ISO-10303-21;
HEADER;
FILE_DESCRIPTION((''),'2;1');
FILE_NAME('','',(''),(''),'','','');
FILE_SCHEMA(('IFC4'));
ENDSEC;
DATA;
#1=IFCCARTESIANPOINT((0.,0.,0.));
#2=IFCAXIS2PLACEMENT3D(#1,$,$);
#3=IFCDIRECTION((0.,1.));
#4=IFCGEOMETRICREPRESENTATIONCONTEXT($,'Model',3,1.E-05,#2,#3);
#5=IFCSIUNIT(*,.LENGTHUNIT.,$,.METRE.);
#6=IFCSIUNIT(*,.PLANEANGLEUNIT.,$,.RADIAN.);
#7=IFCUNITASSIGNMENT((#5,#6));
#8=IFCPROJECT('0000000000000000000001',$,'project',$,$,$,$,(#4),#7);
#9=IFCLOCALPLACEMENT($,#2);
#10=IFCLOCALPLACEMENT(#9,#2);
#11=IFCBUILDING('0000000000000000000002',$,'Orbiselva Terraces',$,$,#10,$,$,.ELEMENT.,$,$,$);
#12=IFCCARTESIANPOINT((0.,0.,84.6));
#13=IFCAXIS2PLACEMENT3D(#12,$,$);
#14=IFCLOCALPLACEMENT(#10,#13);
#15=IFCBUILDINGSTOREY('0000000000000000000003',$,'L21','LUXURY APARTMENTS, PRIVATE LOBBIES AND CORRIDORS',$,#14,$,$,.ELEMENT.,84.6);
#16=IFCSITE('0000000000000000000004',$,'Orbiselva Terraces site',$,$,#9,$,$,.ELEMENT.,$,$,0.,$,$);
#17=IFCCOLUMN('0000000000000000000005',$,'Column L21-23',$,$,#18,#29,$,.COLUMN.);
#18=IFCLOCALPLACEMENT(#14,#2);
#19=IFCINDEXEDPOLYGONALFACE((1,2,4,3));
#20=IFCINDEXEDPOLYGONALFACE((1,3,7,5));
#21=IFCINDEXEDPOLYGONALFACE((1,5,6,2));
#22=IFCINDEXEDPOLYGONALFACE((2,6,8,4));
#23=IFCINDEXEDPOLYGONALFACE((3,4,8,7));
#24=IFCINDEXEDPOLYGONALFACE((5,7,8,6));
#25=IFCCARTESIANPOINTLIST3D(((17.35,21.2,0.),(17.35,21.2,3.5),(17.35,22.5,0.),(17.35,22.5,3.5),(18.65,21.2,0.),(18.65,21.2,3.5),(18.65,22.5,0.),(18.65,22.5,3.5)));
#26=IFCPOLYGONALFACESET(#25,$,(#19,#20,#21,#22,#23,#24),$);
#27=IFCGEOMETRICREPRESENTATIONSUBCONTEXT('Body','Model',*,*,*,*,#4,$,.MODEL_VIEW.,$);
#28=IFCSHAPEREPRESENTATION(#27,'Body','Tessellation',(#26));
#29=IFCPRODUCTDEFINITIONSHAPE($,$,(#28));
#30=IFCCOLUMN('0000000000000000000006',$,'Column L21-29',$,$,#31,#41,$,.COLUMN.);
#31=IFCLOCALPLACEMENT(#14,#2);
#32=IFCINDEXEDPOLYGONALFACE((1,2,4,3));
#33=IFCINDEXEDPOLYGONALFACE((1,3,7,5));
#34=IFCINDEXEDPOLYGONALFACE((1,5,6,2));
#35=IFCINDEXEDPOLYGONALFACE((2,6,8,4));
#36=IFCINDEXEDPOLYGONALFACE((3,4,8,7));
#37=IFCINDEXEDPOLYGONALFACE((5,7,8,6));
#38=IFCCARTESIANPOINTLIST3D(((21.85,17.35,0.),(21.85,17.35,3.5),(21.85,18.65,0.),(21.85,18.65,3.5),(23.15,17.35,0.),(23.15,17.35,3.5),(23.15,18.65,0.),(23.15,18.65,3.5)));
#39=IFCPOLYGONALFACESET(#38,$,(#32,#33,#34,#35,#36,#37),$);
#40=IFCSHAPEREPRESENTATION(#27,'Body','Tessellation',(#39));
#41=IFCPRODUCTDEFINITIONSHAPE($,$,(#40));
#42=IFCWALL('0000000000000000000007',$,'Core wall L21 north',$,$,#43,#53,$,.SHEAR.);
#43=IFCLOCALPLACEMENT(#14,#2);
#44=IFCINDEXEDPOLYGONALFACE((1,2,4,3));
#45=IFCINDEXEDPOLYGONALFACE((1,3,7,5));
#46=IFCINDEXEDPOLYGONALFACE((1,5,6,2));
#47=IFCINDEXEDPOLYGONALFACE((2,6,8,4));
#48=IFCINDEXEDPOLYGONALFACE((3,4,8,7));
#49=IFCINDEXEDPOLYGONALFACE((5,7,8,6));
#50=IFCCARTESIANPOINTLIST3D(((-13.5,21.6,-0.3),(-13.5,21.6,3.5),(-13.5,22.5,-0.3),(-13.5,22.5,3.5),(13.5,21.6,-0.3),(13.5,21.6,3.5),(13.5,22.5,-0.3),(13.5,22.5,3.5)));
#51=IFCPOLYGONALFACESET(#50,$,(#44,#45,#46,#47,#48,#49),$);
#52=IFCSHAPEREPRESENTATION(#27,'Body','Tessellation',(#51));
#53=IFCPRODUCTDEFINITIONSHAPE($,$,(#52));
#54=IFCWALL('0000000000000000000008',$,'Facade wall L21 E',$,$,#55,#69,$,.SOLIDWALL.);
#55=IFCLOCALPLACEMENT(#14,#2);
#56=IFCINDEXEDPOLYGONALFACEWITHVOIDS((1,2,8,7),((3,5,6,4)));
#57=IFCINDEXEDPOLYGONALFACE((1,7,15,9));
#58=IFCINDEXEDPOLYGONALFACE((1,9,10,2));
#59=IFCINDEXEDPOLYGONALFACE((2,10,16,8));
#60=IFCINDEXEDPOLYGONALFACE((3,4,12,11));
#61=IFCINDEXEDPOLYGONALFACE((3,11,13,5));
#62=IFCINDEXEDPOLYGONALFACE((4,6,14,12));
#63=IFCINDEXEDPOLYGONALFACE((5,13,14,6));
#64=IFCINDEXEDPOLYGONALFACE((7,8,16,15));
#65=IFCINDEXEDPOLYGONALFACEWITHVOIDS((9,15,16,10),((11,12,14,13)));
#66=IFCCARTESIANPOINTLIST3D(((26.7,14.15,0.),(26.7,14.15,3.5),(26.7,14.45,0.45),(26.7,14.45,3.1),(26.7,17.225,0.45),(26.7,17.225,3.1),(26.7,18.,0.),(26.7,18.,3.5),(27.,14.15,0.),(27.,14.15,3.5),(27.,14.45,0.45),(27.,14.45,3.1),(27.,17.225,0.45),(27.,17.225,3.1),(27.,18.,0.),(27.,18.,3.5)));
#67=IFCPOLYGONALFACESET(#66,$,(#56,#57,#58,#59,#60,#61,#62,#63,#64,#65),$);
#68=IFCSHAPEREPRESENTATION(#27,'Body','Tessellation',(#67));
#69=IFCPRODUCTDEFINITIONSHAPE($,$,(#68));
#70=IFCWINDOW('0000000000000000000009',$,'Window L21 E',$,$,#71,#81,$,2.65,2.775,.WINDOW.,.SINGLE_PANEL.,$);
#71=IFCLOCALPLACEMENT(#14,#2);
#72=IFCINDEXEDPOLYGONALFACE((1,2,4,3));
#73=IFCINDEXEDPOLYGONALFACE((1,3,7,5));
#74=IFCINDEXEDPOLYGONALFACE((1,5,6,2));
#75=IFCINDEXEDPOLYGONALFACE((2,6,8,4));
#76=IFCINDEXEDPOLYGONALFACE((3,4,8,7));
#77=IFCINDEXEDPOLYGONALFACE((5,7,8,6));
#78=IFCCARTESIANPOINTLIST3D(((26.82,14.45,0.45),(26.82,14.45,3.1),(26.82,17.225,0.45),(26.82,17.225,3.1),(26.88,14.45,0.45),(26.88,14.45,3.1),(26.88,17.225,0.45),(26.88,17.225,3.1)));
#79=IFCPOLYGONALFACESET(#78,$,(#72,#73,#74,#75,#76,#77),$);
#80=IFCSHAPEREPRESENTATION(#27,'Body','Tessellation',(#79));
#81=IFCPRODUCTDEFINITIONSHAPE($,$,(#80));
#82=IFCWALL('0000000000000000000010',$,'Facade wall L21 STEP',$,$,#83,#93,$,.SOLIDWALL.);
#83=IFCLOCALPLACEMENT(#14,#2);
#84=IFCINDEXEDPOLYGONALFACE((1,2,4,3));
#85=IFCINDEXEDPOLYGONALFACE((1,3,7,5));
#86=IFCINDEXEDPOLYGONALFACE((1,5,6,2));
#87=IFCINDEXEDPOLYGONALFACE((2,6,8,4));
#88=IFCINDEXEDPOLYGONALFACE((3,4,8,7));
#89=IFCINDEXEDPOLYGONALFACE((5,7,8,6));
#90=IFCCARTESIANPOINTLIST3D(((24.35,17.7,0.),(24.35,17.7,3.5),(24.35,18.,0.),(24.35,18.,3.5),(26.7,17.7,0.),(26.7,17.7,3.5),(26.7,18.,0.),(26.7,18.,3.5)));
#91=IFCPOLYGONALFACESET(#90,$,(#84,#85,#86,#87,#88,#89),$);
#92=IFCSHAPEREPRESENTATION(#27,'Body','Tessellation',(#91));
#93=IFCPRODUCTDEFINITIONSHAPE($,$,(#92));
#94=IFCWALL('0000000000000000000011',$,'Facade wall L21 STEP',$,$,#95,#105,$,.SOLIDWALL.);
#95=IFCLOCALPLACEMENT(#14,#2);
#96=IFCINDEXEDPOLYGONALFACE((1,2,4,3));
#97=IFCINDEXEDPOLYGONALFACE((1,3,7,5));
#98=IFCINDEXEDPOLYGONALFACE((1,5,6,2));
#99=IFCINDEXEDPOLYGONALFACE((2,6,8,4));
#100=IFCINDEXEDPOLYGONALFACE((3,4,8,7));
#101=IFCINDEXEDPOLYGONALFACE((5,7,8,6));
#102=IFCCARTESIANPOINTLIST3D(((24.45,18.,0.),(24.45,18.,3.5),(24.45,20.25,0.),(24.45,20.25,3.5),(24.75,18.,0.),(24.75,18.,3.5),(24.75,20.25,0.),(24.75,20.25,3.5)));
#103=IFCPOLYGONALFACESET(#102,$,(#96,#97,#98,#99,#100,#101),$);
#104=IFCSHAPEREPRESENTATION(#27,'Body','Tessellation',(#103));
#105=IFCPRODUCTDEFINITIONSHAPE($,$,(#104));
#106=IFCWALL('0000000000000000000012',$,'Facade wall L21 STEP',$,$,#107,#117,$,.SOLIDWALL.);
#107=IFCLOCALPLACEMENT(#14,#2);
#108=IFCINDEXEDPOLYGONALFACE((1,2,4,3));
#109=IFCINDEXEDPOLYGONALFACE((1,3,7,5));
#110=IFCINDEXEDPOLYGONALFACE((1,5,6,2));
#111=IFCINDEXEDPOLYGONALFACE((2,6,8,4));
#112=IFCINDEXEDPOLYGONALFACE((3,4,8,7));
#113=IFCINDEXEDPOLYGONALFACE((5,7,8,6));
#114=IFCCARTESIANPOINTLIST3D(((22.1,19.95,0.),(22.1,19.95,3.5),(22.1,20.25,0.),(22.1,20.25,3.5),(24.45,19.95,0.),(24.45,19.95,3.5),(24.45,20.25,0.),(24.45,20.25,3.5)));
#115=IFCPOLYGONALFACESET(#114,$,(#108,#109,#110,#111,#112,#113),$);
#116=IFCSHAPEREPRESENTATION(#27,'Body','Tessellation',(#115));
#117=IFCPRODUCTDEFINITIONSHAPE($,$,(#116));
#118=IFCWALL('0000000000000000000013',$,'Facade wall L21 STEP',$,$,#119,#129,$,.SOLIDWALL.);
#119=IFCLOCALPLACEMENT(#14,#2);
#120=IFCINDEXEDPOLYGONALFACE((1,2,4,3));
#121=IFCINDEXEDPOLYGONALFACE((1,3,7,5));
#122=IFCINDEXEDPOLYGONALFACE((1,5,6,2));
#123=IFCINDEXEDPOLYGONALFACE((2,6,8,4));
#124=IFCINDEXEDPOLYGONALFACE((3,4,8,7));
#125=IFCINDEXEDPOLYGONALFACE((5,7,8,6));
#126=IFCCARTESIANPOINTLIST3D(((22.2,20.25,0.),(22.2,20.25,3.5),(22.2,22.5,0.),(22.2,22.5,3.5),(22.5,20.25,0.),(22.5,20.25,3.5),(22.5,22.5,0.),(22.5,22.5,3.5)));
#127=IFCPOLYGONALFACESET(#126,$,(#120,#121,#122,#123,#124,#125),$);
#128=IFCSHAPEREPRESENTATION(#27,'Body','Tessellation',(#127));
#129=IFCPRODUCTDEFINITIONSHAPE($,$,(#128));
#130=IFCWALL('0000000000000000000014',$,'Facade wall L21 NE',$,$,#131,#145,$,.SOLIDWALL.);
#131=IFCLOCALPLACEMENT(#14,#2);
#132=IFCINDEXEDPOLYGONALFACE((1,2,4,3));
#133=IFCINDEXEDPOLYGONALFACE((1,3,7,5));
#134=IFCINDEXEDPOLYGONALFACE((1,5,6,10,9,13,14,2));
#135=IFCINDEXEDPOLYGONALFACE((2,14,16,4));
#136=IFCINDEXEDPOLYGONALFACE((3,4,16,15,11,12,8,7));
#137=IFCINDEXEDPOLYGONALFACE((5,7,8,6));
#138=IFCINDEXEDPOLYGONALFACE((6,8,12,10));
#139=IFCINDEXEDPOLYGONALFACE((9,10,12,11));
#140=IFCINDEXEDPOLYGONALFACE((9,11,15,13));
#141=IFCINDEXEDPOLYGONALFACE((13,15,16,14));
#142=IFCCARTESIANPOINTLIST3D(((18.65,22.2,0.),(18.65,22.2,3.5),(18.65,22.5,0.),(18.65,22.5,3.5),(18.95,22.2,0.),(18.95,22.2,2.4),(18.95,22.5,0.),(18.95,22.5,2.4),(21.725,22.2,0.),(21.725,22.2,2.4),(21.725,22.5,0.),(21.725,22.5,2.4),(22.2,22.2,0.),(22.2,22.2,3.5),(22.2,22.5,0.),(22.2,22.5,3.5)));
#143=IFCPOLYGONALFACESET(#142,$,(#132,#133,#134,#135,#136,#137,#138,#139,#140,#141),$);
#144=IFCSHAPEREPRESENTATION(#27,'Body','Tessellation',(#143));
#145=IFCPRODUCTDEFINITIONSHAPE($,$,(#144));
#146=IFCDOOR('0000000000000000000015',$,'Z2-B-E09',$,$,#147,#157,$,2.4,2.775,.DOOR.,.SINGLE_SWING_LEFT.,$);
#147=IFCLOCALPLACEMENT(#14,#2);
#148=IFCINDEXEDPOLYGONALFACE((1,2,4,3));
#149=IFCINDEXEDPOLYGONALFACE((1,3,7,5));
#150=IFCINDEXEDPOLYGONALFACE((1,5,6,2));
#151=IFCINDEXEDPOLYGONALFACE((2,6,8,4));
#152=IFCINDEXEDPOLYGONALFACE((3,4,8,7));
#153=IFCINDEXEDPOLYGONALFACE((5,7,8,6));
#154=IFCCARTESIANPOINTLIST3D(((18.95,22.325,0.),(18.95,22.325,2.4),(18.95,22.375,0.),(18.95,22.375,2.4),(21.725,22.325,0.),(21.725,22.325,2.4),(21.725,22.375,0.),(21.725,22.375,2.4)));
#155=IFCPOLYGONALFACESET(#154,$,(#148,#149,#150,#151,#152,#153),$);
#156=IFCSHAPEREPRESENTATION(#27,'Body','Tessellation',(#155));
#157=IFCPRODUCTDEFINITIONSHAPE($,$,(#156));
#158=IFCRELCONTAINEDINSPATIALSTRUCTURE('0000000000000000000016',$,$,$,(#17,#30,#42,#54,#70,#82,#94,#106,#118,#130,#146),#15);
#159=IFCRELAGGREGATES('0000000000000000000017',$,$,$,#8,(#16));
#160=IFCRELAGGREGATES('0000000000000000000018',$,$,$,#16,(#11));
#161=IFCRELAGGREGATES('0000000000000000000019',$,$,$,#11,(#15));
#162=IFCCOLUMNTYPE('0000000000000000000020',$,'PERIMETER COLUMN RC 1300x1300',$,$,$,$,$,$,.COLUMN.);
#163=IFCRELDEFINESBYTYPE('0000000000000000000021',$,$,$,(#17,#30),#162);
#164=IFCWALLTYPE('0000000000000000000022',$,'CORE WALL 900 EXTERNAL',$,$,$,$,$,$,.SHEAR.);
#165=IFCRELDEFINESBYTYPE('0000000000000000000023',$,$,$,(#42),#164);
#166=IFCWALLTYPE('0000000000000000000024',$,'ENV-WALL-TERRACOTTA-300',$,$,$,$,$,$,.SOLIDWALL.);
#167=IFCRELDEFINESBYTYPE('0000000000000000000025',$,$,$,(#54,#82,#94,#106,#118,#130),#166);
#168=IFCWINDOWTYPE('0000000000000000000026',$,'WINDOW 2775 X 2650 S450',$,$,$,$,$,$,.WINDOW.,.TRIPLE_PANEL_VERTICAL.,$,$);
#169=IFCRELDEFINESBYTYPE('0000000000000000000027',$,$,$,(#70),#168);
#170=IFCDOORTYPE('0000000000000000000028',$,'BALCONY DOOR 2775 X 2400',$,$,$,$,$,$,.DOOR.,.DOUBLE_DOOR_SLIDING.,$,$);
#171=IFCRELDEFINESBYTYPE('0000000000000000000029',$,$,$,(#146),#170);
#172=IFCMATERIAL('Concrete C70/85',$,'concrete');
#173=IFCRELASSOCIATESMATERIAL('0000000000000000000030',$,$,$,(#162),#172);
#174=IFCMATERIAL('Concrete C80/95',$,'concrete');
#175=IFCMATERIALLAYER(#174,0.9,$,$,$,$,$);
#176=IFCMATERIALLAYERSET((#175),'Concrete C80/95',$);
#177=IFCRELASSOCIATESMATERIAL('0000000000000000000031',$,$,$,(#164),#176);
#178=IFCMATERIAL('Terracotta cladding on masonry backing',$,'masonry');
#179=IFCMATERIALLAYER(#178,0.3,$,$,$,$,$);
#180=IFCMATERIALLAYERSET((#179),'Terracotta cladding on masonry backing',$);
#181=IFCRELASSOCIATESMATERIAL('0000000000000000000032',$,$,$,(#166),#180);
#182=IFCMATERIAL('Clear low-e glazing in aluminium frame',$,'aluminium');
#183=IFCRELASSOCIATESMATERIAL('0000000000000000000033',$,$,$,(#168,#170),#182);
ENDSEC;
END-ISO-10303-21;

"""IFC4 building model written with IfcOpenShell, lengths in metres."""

from ifc_helpers import new_model, si_unit, direction, frame, frame_2d, origin, origin_2d, place, context, subcontext, project, spatial, rectangle, extrude, material, layer, layer_set, material_profile, profile_set, type_object, element, fill, save


model = new_model("IFC4")

# Units and contexts
model_context = context("Model", 3, precision=1e-05, world=origin(), true_north=direction((0.0, 1.0)))
body_context = subcontext(model_context, "Body", "Model", "MODEL_VIEW")
ifc_project = project(units=[si_unit("LENGTHUNIT", "METRE"), si_unit("PLANEANGLEUNIT", "RADIAN")], contexts=[model_context])

# Site, building, storey
site_placement = place(None, origin())
site = spatial("IfcSite", under=ifc_project, at=site_placement, Name="Orbiselva Terraces site", CompositionType="ELEMENT", RefElevation=0.0)
building_placement = place(site_placement, origin())
building = spatial("IfcBuilding", under=site, at=building_placement, Name="Orbiselva Terraces", CompositionType="ELEMENT")
storey_placement = place(building_placement, frame((0.0, 0.0, 84.6)))
storey = spatial("IfcBuildingStorey", under=building, at=storey_placement, Name="L21", Description="LUXURY APARTMENTS, PRIVATE LOBBIES AND CORRIDORS", CompositionType="ELEMENT", Elevation=84.6)

# Columns
ifc_material_1 = material(Name="Concrete C70/85", Category="concrete")
ifc_material_profile = material_profile(ifc_material_1, rectangle(XDim=1.3, YDim=1.3, at=origin_2d()), Name="RC 1300x1300")
ifc_profile_set = profile_set([ifc_material_profile], Name="Concrete C70/85")
column_type = type_object("IfcColumnType", Name="PERIMETER COLUMN RC 1300x1300", PredefinedType="COLUMN", material=ifc_profile_set)
for number, where, z_axis, x_axis, name in (
    (1, (18.0, 21.85, 0.0), (0.0, 0.0, 1.0), (1.0, 0.0, 0.0), "Column L21-23"),
    (2, (22.5, 18.0, 0.0), (0.0, 0.0, 1.0), (1.0, 0.0, 0.0), "Column L21-29"),
):
    element("IfcColumn", number, at=place(storey_placement, frame(where, z_axis=z_axis, x_axis=x_axis)), inside=storey, type_object=column_type, Name=name, PredefinedType="COLUMN", context=body_context, shape_type="SweptSolid", body=[
        extrude(rectangle(XDim=1.3, YDim=1.3, at=origin_2d()), origin(), (0.0, 0.0, 1.0), 3.5),
    ])

# Wall
ifc_material_2 = material(Name="Concrete C80/95", Category="concrete")
ifc_layer_1 = layer(ifc_material_2, 0.9)
ifc_layer_set_1 = layer_set([ifc_layer_1], Name="Concrete C80/95")
wall_type_1 = type_object("IfcWallType", Name="CORE WALL 900 EXTERNAL", PredefinedType="SHEAR", material=ifc_layer_set_1)
wall_1_placement = place(storey_placement, frame((13.5, 22.05, -0.3), z_axis=(0.0, 0.0, 1.0), x_axis=(-1.0, 0.0, 0.0)))
element("IfcWall", 3, at=wall_1_placement, inside=storey, type_object=wall_type_1, Name="Core wall L21 north", PredefinedType="SHEAR", context=body_context, shape_type="SweptSolid", body=[
    extrude(rectangle(XDim=27.0, YDim=0.9, at=frame_2d((13.5, 0.0))), origin(), (0.0, 0.0, 1.0), 3.8),
])

# Wall, opening, window
ifc_material_3 = material(Name="Terracotta cladding on masonry backing", Category="masonry")
ifc_layer_2 = layer(ifc_material_3, 0.3)
ifc_layer_set_2 = layer_set([ifc_layer_2], Name="Terracotta cladding on masonry backing")
wall_type_2 = type_object("IfcWallType", Name="ENV-WALL-TERRACOTTA-300", PredefinedType="SOLIDWALL", material=ifc_layer_set_2)
wall_2_placement = place(storey_placement, frame((26.85, 18.0, 0.0), z_axis=(0.0, 0.0, 1.0), x_axis=(0.0, -1.0, 0.0)))
wall_2 = element("IfcWall", 4, at=wall_2_placement, inside=storey, type_object=wall_type_2, Name="Facade wall L21 E", PredefinedType="SOLIDWALL", context=body_context, shape_type="SweptSolid", body=[
    extrude(rectangle(XDim=3.85, YDim=0.3, at=frame_2d((1.925, 0.0))), origin(), (0.0, 0.0, 1.0), 3.5),
])
opening_1_placement = place(wall_2_placement, frame((0.775, 0.0, 0.45)))
opening_1 = element("IfcOpeningElement", 5, at=opening_1_placement, cuts=wall_2, PredefinedType="OPENING", context=body_context, shape_type="SweptSolid", body=[
    extrude(rectangle(XDim=2.775, YDim=2.65, at=frame_2d((1.3875, 1.325))), frame((0.0, 0.16, 0.0), z_axis=(0.0, -1.0, 0.0), x_axis=(1.0, 0.0, 0.0)), (0.0, 0.0, 1.0), 0.32),
])
ifc_material_4 = material(Name="Clear low-e glazing in aluminium frame", Category="aluminium")
window_type = type_object("IfcWindowType", Name="WINDOW 2775 X 2650 S450", PartitioningType="TRIPLE_PANEL_VERTICAL", PredefinedType="WINDOW", material=ifc_material_4)
window_1_placement = place(opening_1_placement, origin())
window_1 = element("IfcWindow", 6, at=window_1_placement, inside=storey, type_object=window_type, Name="Window L21 E", OverallHeight=2.65, OverallWidth=2.775, PartitioningType="SINGLE_PANEL", PredefinedType="WINDOW", context=body_context, shape_type="SweptSolid", body=[
    extrude(rectangle(XDim=2.775, YDim=2.65, at=frame_2d((1.3875, 1.325))), frame((0.0, 0.03, 0.0), z_axis=(0.0, -1.0, 0.0), x_axis=(1.0, 0.0, 0.0)), (0.0, 0.0, 1.0), 0.06),
])
fill(opening_1, window_1)

# Walls
wall_3_placement = place(storey_placement, frame((24.35, 17.85, 0.0), z_axis=(0.0, 0.0, 1.0), x_axis=(1.0, 0.0, 0.0)))
element("IfcWall", 7, at=wall_3_placement, inside=storey, type_object=wall_type_2, Name="Facade wall L21 STEP", PredefinedType="SOLIDWALL", context=body_context, shape_type="SweptSolid", body=[
    extrude(rectangle(XDim=2.35, YDim=0.3, at=frame_2d((1.175, 0.0))), origin(), (0.0, 0.0, 1.0), 3.5),
])
wall_4_placement = place(storey_placement, frame((24.6, 20.25, 0.0), z_axis=(0.0, 0.0, 1.0), x_axis=(0.0, -1.0, 0.0)))
element("IfcWall", 8, at=wall_4_placement, inside=storey, type_object=wall_type_2, Name="Facade wall L21 STEP", PredefinedType="SOLIDWALL", context=body_context, shape_type="SweptSolid", body=[
    extrude(rectangle(XDim=2.25, YDim=0.3, at=frame_2d((1.125, 0.0))), origin(), (0.0, 0.0, 1.0), 3.5),
])
wall_5_placement = place(storey_placement, frame((22.1, 20.1, 0.0), z_axis=(0.0, 0.0, 1.0), x_axis=(1.0, 0.0, 0.0)))
element("IfcWall", 9, at=wall_5_placement, inside=storey, type_object=wall_type_2, Name="Facade wall L21 STEP", PredefinedType="SOLIDWALL", context=body_context, shape_type="SweptSolid", body=[
    extrude(rectangle(XDim=2.35, YDim=0.3, at=frame_2d((1.175, 0.0))), origin(), (0.0, 0.0, 1.0), 3.5),
])
wall_6_placement = place(storey_placement, frame((22.35, 22.5, 0.0), z_axis=(0.0, 0.0, 1.0), x_axis=(0.0, -1.0, 0.0)))
element("IfcWall", 10, at=wall_6_placement, inside=storey, type_object=wall_type_2, Name="Facade wall L21 STEP", PredefinedType="SOLIDWALL", context=body_context, shape_type="SweptSolid", body=[
    extrude(rectangle(XDim=2.25, YDim=0.3, at=frame_2d((1.125, 0.0))), origin(), (0.0, 0.0, 1.0), 3.5),
])

# Wall, opening, door
wall_7_placement = place(storey_placement, frame((18.65, 22.35, 0.0), z_axis=(0.0, 0.0, 1.0), x_axis=(1.0, 0.0, 0.0)))
wall_7 = element("IfcWall", 11, at=wall_7_placement, inside=storey, type_object=wall_type_2, Name="Facade wall L21 NE", PredefinedType="SOLIDWALL", context=body_context, shape_type="SweptSolid", body=[
    extrude(rectangle(XDim=3.55, YDim=0.3, at=frame_2d((1.775, 0.0))), origin(), (0.0, 0.0, 1.0), 3.5),
])
opening_2_placement = place(wall_7_placement, frame((0.3, 0.0, 0.0)))
opening_2 = element("IfcOpeningElement", 12, at=opening_2_placement, cuts=wall_7, PredefinedType="OPENING", context=body_context, shape_type="SweptSolid", body=[
    extrude(rectangle(XDim=2.775, YDim=2.4, at=frame_2d((1.3875, 1.2))), frame((0.0, 0.16, 0.0), z_axis=(0.0, -1.0, 0.0), x_axis=(1.0, 0.0, 0.0)), (0.0, 0.0, 1.0), 0.32),
])
door_type_1 = type_object("IfcDoorType", Name="BALCONY DOOR 2775 X 2400", OperationType="DOUBLE_DOOR_SLIDING", PredefinedType="DOOR", material=ifc_material_4)
door_1_placement = place(opening_2_placement, origin())
door_1 = element("IfcDoor", 13, at=door_1_placement, inside=storey, type_object=door_type_1, Name="Z2-B-E09", OperationType="SINGLE_SWING_LEFT", OverallHeight=2.4, OverallWidth=2.775, PredefinedType="DOOR", context=body_context, shape_type="SweptSolid", body=[
    extrude(rectangle(XDim=2.775, YDim=2.4, at=frame_2d((1.3875, 1.2))), frame((0.0, 0.025, 0.0), z_axis=(0.0, -1.0, 0.0), x_axis=(1.0, 0.0, 0.0)), (0.0, 0.0, 1.0), 0.05),
])
fill(opening_2, door_1)

save(model, "model.ifc")
